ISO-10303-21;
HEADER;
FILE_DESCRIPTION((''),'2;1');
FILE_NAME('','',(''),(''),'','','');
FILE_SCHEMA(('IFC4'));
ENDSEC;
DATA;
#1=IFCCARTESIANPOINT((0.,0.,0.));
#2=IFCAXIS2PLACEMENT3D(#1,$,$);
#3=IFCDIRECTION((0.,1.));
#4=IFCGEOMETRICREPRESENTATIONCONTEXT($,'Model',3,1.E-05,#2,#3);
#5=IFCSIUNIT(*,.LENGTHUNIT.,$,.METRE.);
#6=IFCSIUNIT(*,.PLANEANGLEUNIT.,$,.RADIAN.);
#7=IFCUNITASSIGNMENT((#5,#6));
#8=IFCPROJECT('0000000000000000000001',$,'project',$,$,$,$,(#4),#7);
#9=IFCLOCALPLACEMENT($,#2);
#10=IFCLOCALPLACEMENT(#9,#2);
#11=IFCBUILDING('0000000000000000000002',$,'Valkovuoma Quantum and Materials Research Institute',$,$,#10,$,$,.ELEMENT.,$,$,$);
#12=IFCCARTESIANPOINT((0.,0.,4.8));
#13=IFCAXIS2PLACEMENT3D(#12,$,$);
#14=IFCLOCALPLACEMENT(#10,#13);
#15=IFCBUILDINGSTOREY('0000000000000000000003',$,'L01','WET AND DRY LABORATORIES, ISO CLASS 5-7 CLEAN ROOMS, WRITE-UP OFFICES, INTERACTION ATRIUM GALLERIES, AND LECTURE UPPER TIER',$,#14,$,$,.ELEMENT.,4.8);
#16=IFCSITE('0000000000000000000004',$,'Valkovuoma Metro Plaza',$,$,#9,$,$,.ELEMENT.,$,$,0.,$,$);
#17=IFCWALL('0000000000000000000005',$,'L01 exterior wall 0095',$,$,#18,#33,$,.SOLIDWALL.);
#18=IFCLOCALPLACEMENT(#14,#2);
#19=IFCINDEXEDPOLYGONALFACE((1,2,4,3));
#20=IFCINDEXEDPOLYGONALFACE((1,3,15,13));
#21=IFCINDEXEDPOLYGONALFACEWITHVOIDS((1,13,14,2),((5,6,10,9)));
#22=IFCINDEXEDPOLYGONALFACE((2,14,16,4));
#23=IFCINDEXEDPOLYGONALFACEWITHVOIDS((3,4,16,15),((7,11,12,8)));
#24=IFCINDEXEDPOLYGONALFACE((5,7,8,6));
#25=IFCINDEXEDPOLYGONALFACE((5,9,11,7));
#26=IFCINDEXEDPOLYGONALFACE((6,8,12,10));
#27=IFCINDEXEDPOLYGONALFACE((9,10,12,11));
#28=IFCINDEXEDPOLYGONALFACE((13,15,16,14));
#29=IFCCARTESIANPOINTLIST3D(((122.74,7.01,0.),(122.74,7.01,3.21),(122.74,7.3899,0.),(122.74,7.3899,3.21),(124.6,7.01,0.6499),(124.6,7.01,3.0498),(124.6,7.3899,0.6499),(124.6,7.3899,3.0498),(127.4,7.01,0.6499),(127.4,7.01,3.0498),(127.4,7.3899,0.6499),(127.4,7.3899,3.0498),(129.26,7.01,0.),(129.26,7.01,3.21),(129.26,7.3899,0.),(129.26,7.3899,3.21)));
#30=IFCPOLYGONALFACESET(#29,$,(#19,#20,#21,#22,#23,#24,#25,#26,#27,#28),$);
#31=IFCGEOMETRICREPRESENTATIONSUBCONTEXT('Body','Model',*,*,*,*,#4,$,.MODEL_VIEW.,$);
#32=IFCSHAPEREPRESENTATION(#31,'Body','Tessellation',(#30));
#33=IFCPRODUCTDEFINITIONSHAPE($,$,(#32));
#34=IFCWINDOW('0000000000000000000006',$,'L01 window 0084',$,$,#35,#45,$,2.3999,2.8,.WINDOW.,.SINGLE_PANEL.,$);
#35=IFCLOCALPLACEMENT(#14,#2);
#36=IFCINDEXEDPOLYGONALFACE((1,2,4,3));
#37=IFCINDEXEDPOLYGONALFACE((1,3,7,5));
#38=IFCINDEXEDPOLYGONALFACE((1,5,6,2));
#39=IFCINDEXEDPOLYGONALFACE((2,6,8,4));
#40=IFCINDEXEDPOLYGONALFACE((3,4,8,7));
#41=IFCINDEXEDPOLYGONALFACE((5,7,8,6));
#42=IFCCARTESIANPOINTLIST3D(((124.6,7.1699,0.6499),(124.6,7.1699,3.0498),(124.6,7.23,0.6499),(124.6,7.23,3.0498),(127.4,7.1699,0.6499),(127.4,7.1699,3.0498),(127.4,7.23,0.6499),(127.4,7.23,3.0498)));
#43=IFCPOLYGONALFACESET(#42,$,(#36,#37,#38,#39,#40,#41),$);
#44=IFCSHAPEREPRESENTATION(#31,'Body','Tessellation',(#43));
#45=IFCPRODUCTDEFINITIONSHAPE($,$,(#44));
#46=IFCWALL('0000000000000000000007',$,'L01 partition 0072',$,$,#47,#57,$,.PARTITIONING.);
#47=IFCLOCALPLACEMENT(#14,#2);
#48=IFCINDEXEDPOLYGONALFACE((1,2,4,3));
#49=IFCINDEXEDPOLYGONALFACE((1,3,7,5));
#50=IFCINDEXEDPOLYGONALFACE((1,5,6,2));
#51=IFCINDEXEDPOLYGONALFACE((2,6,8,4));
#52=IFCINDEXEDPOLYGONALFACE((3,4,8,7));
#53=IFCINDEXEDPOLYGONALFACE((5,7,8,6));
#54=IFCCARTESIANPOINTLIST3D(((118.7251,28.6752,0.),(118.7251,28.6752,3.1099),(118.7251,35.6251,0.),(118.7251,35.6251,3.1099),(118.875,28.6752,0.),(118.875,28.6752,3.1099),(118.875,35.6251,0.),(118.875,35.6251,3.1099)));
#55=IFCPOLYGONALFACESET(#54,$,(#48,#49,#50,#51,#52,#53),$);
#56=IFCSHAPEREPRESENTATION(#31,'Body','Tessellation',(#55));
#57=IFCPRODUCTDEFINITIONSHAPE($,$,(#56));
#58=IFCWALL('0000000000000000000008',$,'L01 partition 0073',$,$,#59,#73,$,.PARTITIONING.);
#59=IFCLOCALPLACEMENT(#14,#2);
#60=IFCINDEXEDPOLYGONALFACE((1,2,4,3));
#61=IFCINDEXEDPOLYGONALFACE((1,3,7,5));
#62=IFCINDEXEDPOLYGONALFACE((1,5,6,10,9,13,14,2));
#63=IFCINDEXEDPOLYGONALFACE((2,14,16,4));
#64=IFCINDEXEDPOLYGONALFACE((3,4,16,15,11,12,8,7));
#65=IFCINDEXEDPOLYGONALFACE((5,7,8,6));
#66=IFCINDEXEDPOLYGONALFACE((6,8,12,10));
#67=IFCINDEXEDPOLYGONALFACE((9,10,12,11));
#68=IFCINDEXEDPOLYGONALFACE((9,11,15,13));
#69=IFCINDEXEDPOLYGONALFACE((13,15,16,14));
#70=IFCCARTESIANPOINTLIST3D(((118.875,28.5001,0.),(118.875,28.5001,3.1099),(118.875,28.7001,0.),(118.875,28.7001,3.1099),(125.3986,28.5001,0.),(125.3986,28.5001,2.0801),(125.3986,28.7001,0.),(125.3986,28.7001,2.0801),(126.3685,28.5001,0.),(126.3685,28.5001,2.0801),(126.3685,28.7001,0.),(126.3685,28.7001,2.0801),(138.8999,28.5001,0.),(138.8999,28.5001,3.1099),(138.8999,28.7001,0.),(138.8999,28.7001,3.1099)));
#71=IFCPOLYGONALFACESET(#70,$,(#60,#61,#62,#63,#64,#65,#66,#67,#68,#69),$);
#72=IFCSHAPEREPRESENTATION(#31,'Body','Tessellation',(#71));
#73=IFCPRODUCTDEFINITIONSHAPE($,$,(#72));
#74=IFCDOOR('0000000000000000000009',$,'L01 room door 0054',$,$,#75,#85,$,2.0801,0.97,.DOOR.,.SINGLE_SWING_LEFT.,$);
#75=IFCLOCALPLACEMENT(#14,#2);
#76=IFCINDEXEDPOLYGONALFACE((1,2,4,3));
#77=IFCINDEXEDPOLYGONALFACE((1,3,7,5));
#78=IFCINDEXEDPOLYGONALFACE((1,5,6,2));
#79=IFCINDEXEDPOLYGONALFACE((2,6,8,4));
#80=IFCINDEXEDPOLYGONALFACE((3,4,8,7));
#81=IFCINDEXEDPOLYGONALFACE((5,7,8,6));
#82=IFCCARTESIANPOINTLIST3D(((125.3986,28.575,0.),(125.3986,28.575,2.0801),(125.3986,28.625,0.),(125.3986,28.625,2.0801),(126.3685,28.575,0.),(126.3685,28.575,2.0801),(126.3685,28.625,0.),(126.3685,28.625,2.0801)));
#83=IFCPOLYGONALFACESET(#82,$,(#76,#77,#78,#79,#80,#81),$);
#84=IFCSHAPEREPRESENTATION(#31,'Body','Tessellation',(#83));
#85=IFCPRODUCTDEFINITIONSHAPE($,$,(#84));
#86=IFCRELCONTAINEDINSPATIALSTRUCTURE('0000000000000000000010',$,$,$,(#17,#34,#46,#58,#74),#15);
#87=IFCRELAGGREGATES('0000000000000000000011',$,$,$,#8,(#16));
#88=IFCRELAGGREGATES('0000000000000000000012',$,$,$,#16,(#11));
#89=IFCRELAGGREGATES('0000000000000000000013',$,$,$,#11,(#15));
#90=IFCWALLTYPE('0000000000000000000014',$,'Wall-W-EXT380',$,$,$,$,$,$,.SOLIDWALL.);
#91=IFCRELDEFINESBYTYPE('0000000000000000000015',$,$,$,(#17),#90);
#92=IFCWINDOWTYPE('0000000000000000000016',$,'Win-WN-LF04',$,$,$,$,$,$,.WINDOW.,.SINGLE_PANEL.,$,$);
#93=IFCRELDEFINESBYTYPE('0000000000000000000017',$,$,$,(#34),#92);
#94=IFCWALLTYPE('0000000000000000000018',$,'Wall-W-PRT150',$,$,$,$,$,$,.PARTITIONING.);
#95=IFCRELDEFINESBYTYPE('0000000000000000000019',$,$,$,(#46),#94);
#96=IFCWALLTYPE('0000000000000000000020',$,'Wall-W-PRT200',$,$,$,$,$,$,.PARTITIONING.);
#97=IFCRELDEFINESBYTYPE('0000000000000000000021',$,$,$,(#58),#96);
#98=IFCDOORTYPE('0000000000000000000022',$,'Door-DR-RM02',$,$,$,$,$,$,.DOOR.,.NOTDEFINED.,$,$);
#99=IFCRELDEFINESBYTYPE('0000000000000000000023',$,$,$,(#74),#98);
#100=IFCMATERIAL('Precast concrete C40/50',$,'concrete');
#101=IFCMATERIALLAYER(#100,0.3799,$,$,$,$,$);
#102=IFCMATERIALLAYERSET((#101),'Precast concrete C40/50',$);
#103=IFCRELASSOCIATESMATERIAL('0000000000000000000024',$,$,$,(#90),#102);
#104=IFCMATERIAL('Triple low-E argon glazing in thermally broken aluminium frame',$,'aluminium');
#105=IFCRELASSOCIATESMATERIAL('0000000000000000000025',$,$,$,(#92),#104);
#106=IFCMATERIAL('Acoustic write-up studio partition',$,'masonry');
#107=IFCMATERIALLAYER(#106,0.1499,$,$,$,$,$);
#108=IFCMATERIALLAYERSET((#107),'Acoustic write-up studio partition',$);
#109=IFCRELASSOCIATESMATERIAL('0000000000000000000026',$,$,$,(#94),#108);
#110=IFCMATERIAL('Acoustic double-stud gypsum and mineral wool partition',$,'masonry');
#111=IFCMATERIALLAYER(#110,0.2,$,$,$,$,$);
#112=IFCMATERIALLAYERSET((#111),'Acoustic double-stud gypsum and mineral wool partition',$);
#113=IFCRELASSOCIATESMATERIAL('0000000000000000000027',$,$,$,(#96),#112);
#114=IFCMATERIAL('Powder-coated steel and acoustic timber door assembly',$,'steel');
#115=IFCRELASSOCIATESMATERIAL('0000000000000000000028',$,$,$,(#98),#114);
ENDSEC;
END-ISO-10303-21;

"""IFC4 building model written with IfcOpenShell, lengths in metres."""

from ifc_helpers import new_model, si_unit, direction, frame, frame_2d, origin, place, context, subcontext, project, spatial, rectangle, extrude, material, layer, layer_set, type_object, element, fill, save


model = new_model("IFC4")

# Units and contexts
model_context = context("Model", 3, precision=1e-05, world=origin(), true_north=direction((0.0, 1.0)))
body_context = subcontext(model_context, "Body", "Model", "MODEL_VIEW")
ifc_project = project(units=[si_unit("LENGTHUNIT", "METRE"), si_unit("PLANEANGLEUNIT", "RADIAN")], contexts=[model_context])

# Site, building, storey
site_placement = place(None, origin())
site = spatial("IfcSite", under=ifc_project, at=site_placement, Name="Valkovuoma Metro Plaza", CompositionType="ELEMENT", RefElevation=0.0)
building_placement = place(site_placement, origin())
building = spatial("IfcBuilding", under=site, at=building_placement, Name="Valkovuoma Quantum and Materials Research Institute", CompositionType="ELEMENT")
storey_placement = place(building_placement, frame((0.0, 0.0, 4.8)))
storey = spatial("IfcBuildingStorey", under=building, at=storey_placement, Name="L01", Description="WET AND DRY LABORATORIES, ISO CLASS 5-7 CLEAN ROOMS, WRITE-UP OFFICES, INTERACTION ATRIUM GALLERIES, AND LECTURE UPPER TIER", CompositionType="ELEMENT", Elevation=4.8)

# Wall, opening, window
ifc_material_1 = material(Name="Precast concrete C40/50", Category="concrete")
ifc_layer_1 = layer(ifc_material_1, 0.3799)
ifc_layer_set_1 = layer_set([ifc_layer_1], Name="Precast concrete C40/50")
wall_type_1 = type_object("IfcWallType", Name="Wall-W-EXT380", PredefinedType="SOLIDWALL", material=ifc_layer_set_1)
wall_1_placement = place(storey_placement, frame((122.74, 7.2, 0.0), z_axis=(0.0, 0.0, 1.0), x_axis=(1.0, 0.0, 0.0)))
wall_1 = element("IfcWall", 1, at=wall_1_placement, inside=storey, type_object=wall_type_1, Name="L01 exterior wall 0095", PredefinedType="SOLIDWALL", context=body_context, shape_type="SweptSolid", body=[
    extrude(rectangle(XDim=6.52, YDim=0.3799, at=frame_2d((3.26, 0.0))), origin(), (0.0, 0.0, 1.0), 3.21),
])
opening_1_placement = place(wall_1_placement, frame((1.8601, 0.0, 0.6499)))
opening_1 = element("IfcOpeningElement", 2, at=opening_1_placement, cuts=wall_1, PredefinedType="OPENING", context=body_context, shape_type="SweptSolid", body=[
    extrude(rectangle(XDim=2.8, YDim=2.3999, at=frame_2d((1.3999, 1.2))), frame((0.0, 0.2, 0.0), z_axis=(0.0, -1.0, 0.0), x_axis=(1.0, 0.0, 0.0)), (0.0, 0.0, 1.0), 0.3999),
])
ifc_material_2 = material(Name="Triple low-E argon glazing in thermally broken aluminium frame", Category="aluminium")
window_type_1 = type_object("IfcWindowType", Name="Win-WN-LF04", PartitioningType="SINGLE_PANEL", PredefinedType="WINDOW", material=ifc_material_2)
window_1_placement = place(opening_1_placement, origin())
window_1 = element("IfcWindow", 3, at=window_1_placement, inside=storey, type_object=window_type_1, Name="L01 window 0084", OverallHeight=2.3999, OverallWidth=2.8, PartitioningType="SINGLE_PANEL", PredefinedType="WINDOW", context=body_context, shape_type="SweptSolid", body=[
    extrude(rectangle(XDim=2.8, YDim=2.3999, at=frame_2d((1.3999, 1.2))), frame((0.0, 0.03, 0.0), z_axis=(0.0, -1.0, 0.0), x_axis=(1.0, 0.0, 0.0)), (0.0, 0.0, 1.0), 0.0601),
])
fill(opening_1, window_1)

# Wall
ifc_material_3 = material(Name="Acoustic write-up studio partition", Category="masonry")
ifc_layer_2 = layer(ifc_material_3, 0.1499)
ifc_layer_set_2 = layer_set([ifc_layer_2], Name="Acoustic write-up studio partition")
wall_type_2 = type_object("IfcWallType", Name="Wall-W-PRT150", PredefinedType="PARTITIONING", material=ifc_layer_set_2)
wall_2_placement = place(storey_placement, frame((118.8, 28.675, 0.0), z_axis=(0.0, 0.0, 1.0), x_axis=(0.0, 1.0, 0.0)))
element("IfcWall", 4, at=wall_2_placement, inside=storey, type_object=wall_type_2, Name="L01 partition 0072", PredefinedType="PARTITIONING", context=body_context, shape_type="SweptSolid", body=[
    extrude(rectangle(XDim=6.95, YDim=0.1499, at=frame_2d((3.4751, 0.0))), origin(), (0.0, 0.0, 1.0), 3.1099),
])

# Wall, opening, door
ifc_material_4 = material(Name="Acoustic double-stud gypsum and mineral wool partition", Category="masonry")
ifc_layer_3 = layer(ifc_material_4, 0.2)
ifc_layer_set_3 = layer_set([ifc_layer_3], Name="Acoustic double-stud gypsum and mineral wool partition")
wall_type_3 = type_object("IfcWallType", Name="Wall-W-PRT200", PredefinedType="PARTITIONING", material=ifc_layer_set_3)
wall_3_placement = place(storey_placement, frame((118.875, 28.6001, 0.0), z_axis=(0.0, 0.0, 1.0), x_axis=(1.0, 0.0, 0.0)))
wall_3 = element("IfcWall", 5, at=wall_3_placement, inside=storey, type_object=wall_type_3, Name="L01 partition 0073", PredefinedType="PARTITIONING", context=body_context, shape_type="SweptSolid", body=[
    extrude(rectangle(XDim=20.0249, YDim=0.2, at=frame_2d((10.0125, 0.0))), origin(), (0.0, 0.0, 1.0), 3.1099),
])
opening_2_placement = place(wall_3_placement, frame((6.5237, 0.0, 0.0)))
opening_2 = element("IfcOpeningElement", 6, at=opening_2_placement, cuts=wall_3, PredefinedType="OPENING", context=body_context, shape_type="SweptSolid", body=[
    extrude(rectangle(XDim=0.97, YDim=2.0801, at=frame_2d((0.4849, 1.04))), frame((0.0, 0.1099, 0.0), z_axis=(0.0, -1.0, 0.0), x_axis=(1.0, 0.0, 0.0)), (0.0, 0.0, 1.0), 0.22),
])
ifc_material_5 = material(Name="Powder-coated steel and acoustic timber door assembly", Category="steel")
door_type = type_object("IfcDoorType", Name="Door-DR-RM02", OperationType="NOTDEFINED", PredefinedType="DOOR", material=ifc_material_5)
door_placement = place(opening_2_placement, origin())
door = element("IfcDoor", 7, at=door_placement, inside=storey, type_object=door_type, Name="L01 room door 0054", OperationType="SINGLE_SWING_LEFT", OverallHeight=2.0801, OverallWidth=0.97, PredefinedType="DOOR", context=body_context, shape_type="SweptSolid", body=[
    extrude(rectangle(XDim=0.97, YDim=2.0801, at=frame_2d((0.4849, 1.04))), frame((0.0, 0.0249, 0.0), z_axis=(0.0, -1.0, 0.0), x_axis=(1.0, 0.0, 0.0)), (0.0, 0.0, 1.0), 0.05),
])
fill(opening_2, door)

save(model, "model.ifc")
